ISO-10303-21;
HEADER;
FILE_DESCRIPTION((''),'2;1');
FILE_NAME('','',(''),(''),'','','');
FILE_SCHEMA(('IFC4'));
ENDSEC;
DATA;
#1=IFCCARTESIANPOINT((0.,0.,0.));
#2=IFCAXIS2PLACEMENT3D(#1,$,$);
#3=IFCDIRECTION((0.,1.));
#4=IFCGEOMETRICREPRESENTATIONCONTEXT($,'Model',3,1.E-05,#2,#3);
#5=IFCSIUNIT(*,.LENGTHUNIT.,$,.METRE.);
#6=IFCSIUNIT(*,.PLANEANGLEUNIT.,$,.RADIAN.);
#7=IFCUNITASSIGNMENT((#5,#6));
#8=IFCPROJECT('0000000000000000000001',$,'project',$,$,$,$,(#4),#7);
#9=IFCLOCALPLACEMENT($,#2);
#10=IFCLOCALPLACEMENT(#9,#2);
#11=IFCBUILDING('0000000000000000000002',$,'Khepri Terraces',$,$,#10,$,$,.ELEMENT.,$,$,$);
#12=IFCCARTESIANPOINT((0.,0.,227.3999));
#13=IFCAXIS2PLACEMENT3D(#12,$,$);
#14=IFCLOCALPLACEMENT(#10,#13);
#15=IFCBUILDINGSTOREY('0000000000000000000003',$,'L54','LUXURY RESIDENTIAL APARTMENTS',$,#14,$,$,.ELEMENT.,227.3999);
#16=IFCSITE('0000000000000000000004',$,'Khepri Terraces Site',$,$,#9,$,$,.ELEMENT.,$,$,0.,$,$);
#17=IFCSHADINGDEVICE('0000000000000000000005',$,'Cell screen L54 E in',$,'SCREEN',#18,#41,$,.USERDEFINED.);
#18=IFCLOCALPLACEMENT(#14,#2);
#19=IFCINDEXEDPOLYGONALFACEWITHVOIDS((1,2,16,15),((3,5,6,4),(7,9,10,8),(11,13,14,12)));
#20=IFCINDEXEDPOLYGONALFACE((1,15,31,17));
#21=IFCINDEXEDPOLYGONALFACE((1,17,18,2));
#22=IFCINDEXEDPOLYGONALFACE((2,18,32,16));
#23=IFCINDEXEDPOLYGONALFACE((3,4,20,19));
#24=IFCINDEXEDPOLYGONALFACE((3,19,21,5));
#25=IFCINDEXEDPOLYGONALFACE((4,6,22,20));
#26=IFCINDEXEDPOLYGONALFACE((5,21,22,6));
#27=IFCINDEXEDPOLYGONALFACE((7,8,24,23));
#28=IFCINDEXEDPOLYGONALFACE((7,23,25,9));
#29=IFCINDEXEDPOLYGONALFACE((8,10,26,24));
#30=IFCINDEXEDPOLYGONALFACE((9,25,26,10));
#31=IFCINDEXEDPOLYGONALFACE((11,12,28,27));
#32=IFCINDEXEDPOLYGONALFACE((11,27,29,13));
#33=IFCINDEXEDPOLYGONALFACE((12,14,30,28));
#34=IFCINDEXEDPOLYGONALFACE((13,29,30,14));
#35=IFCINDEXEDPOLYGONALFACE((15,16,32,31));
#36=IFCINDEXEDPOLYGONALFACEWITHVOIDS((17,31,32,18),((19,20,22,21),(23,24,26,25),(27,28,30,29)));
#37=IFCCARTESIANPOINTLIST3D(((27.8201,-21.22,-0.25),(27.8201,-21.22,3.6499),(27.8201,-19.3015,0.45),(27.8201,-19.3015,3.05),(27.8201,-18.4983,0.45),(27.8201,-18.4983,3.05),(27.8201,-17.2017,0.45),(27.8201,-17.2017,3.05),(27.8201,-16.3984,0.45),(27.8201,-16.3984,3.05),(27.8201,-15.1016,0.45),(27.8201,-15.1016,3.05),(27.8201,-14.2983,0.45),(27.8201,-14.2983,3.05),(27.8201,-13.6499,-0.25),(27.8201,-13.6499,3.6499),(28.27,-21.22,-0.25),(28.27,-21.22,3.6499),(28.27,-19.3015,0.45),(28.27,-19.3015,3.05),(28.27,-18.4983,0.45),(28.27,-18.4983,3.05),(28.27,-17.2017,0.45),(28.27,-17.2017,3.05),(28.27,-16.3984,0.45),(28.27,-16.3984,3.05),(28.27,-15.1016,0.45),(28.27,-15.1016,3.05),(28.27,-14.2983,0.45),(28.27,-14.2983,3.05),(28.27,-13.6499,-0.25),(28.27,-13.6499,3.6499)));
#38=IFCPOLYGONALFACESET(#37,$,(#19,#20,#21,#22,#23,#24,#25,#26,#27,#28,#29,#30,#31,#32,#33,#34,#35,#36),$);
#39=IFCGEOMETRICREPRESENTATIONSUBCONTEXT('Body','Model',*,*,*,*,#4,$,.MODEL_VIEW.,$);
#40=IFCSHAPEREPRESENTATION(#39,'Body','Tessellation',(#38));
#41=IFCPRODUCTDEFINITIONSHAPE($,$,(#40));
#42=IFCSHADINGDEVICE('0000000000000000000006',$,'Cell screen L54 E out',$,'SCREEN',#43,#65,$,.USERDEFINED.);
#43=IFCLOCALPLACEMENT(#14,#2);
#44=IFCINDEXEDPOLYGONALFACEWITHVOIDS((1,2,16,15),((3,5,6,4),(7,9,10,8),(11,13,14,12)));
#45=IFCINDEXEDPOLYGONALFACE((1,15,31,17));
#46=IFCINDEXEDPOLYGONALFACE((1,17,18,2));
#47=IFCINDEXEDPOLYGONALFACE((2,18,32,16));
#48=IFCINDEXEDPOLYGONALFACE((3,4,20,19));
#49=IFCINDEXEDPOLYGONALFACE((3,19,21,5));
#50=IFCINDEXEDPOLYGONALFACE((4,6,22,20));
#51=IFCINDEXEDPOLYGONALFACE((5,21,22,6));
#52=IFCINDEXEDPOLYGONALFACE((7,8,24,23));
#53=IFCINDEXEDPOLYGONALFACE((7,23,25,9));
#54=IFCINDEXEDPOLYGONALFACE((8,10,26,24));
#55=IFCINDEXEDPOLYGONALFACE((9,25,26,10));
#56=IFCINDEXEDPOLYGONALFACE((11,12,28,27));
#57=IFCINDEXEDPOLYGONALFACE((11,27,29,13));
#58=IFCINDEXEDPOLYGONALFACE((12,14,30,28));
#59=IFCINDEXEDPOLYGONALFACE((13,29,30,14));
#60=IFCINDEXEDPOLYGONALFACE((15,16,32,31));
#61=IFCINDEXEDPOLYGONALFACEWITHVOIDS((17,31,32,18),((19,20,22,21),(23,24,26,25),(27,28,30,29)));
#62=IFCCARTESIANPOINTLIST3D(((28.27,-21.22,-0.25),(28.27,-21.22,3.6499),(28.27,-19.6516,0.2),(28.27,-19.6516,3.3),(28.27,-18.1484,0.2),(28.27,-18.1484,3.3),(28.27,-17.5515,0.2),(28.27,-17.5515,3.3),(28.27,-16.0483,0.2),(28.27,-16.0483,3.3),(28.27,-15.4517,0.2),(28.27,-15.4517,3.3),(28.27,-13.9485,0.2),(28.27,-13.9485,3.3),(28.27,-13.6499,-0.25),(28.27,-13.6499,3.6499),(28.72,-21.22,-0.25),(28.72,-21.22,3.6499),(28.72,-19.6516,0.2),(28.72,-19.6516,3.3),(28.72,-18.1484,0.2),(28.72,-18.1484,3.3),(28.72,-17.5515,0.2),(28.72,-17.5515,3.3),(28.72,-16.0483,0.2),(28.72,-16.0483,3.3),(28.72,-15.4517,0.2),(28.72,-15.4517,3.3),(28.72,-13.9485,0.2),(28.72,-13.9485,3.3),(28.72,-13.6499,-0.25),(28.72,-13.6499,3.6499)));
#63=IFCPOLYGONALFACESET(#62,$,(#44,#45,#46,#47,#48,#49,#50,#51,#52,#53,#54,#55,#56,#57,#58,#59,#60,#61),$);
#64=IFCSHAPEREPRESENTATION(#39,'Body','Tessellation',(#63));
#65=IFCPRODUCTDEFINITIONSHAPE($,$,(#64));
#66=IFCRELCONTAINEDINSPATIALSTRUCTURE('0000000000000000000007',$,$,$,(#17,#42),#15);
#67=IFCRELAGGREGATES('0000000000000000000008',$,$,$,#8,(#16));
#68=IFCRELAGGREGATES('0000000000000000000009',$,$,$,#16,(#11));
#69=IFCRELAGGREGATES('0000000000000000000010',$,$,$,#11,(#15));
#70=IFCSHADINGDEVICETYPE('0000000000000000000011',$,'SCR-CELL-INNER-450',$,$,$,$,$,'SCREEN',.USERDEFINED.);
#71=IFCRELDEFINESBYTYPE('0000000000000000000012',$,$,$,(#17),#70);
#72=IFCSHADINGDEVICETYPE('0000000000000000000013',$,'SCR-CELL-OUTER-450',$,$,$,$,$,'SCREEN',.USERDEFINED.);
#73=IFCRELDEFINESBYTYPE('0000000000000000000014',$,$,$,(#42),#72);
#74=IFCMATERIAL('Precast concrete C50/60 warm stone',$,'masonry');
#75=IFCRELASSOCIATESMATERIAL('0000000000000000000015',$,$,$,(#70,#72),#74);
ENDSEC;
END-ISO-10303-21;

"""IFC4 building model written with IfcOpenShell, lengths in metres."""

from ifc_helpers import new_model, si_unit, direction, frame, origin, place, context, subcontext, project, spatial, polyline, outline, extrude, material, type_object, element, save


model = new_model("IFC4")

# Units and contexts
model_context = context("Model", 3, precision=1e-05, world=origin(), true_north=direction((0.0, 1.0)))
body_context = subcontext(model_context, "Body", "Model", "MODEL_VIEW")
ifc_project = project(units=[si_unit("LENGTHUNIT", "METRE"), si_unit("PLANEANGLEUNIT", "RADIAN")], contexts=[model_context])

# Site, building, storey
site_placement = place(None, origin())
site = spatial("IfcSite", under=ifc_project, at=site_placement, Name="Khepri Terraces Site", CompositionType="ELEMENT", RefElevation=0.0)
building_placement = place(site_placement, origin())
building = spatial("IfcBuilding", under=site, at=building_placement, Name="Khepri Terraces", CompositionType="ELEMENT")
storey_placement = place(building_placement, frame((0.0, 0.0, 227.3999)))
storey = spatial("IfcBuildingStorey", under=building, at=storey_placement, Name="L54", Description="LUXURY RESIDENTIAL APARTMENTS", CompositionType="ELEMENT", Elevation=227.3999)

# Shared definitions
ifc_material_1 = material(Name="Precast concrete C50/60 warm stone", Category="masonry")

# Shading devices
shading_device_type_1 = type_object("IfcShadingDeviceType", Name="SCR-CELL-INNER-450", ElementType="SCREEN", PredefinedType="USERDEFINED", material=ifc_material_1)
shading_device_1_placement = place(storey_placement, frame((27.8201, -21.22, -0.25), z_axis=(1.0, 0.0, 0.0), x_axis=(0.0, 1.0, 0.0)))
element("IfcShadingDevice", 1, at=shading_device_1_placement, inside=storey, type_object=shading_device_type_1, Name="Cell screen L54 E in", ObjectType="SCREEN", PredefinedType="USERDEFINED", context=body_context, shape_type="SweptSolid", body=[
    extrude(outline(polyline([(0.0, 0.0), (7.5701, 0.0), (7.5701, 3.8999), (0.0, 3.8999), (0.0, 0.0)]), holes=[polyline([(1.9185, 0.7), (2.7217, 0.7), (2.7217, 3.3), (1.9185, 3.3), (1.9185, 0.7)]), polyline([(4.0183, 0.7), (4.8215, 0.7), (4.8215, 3.3), (4.0183, 3.3), (4.0183, 0.7)]), polyline([(6.1184, 0.7), (6.9216, 0.7), (6.9216, 3.3), (6.1184, 3.3), (6.1184, 0.7)])]), origin(), (0.0, 0.0, 1.0), 0.45),
])
shading_device_type_2 = type_object("IfcShadingDeviceType", Name="SCR-CELL-OUTER-450", ElementType="SCREEN", PredefinedType="USERDEFINED", material=ifc_material_1)
shading_device_2_placement = place(storey_placement, frame((28.27, -21.22, -0.25), z_axis=(1.0, 0.0, 0.0), x_axis=(0.0, 1.0, 0.0)))
element("IfcShadingDevice", 2, at=shading_device_2_placement, inside=storey, type_object=shading_device_type_2, Name="Cell screen L54 E out", ObjectType="SCREEN", PredefinedType="USERDEFINED", context=body_context, shape_type="SweptSolid", body=[
    extrude(outline(polyline([(0.0, 0.0), (7.5701, 0.0), (7.5701, 3.8999), (0.0, 3.8999), (0.0, 0.0)]), holes=[polyline([(1.5684, 0.45), (3.0715, 0.45), (3.0715, 3.55), (1.5684, 3.55), (1.5684, 0.45)]), polyline([(3.6685, 0.45), (5.1716, 0.45), (5.1716, 3.55), (3.6685, 3.55), (3.6685, 0.45)]), polyline([(5.7683, 0.45), (7.2715, 0.45), (7.2715, 3.55), (5.7683, 3.55), (5.7683, 0.45)])]), origin(), (0.0, 0.0, 1.0), 0.45),
])

save(model, "model.ifc")
